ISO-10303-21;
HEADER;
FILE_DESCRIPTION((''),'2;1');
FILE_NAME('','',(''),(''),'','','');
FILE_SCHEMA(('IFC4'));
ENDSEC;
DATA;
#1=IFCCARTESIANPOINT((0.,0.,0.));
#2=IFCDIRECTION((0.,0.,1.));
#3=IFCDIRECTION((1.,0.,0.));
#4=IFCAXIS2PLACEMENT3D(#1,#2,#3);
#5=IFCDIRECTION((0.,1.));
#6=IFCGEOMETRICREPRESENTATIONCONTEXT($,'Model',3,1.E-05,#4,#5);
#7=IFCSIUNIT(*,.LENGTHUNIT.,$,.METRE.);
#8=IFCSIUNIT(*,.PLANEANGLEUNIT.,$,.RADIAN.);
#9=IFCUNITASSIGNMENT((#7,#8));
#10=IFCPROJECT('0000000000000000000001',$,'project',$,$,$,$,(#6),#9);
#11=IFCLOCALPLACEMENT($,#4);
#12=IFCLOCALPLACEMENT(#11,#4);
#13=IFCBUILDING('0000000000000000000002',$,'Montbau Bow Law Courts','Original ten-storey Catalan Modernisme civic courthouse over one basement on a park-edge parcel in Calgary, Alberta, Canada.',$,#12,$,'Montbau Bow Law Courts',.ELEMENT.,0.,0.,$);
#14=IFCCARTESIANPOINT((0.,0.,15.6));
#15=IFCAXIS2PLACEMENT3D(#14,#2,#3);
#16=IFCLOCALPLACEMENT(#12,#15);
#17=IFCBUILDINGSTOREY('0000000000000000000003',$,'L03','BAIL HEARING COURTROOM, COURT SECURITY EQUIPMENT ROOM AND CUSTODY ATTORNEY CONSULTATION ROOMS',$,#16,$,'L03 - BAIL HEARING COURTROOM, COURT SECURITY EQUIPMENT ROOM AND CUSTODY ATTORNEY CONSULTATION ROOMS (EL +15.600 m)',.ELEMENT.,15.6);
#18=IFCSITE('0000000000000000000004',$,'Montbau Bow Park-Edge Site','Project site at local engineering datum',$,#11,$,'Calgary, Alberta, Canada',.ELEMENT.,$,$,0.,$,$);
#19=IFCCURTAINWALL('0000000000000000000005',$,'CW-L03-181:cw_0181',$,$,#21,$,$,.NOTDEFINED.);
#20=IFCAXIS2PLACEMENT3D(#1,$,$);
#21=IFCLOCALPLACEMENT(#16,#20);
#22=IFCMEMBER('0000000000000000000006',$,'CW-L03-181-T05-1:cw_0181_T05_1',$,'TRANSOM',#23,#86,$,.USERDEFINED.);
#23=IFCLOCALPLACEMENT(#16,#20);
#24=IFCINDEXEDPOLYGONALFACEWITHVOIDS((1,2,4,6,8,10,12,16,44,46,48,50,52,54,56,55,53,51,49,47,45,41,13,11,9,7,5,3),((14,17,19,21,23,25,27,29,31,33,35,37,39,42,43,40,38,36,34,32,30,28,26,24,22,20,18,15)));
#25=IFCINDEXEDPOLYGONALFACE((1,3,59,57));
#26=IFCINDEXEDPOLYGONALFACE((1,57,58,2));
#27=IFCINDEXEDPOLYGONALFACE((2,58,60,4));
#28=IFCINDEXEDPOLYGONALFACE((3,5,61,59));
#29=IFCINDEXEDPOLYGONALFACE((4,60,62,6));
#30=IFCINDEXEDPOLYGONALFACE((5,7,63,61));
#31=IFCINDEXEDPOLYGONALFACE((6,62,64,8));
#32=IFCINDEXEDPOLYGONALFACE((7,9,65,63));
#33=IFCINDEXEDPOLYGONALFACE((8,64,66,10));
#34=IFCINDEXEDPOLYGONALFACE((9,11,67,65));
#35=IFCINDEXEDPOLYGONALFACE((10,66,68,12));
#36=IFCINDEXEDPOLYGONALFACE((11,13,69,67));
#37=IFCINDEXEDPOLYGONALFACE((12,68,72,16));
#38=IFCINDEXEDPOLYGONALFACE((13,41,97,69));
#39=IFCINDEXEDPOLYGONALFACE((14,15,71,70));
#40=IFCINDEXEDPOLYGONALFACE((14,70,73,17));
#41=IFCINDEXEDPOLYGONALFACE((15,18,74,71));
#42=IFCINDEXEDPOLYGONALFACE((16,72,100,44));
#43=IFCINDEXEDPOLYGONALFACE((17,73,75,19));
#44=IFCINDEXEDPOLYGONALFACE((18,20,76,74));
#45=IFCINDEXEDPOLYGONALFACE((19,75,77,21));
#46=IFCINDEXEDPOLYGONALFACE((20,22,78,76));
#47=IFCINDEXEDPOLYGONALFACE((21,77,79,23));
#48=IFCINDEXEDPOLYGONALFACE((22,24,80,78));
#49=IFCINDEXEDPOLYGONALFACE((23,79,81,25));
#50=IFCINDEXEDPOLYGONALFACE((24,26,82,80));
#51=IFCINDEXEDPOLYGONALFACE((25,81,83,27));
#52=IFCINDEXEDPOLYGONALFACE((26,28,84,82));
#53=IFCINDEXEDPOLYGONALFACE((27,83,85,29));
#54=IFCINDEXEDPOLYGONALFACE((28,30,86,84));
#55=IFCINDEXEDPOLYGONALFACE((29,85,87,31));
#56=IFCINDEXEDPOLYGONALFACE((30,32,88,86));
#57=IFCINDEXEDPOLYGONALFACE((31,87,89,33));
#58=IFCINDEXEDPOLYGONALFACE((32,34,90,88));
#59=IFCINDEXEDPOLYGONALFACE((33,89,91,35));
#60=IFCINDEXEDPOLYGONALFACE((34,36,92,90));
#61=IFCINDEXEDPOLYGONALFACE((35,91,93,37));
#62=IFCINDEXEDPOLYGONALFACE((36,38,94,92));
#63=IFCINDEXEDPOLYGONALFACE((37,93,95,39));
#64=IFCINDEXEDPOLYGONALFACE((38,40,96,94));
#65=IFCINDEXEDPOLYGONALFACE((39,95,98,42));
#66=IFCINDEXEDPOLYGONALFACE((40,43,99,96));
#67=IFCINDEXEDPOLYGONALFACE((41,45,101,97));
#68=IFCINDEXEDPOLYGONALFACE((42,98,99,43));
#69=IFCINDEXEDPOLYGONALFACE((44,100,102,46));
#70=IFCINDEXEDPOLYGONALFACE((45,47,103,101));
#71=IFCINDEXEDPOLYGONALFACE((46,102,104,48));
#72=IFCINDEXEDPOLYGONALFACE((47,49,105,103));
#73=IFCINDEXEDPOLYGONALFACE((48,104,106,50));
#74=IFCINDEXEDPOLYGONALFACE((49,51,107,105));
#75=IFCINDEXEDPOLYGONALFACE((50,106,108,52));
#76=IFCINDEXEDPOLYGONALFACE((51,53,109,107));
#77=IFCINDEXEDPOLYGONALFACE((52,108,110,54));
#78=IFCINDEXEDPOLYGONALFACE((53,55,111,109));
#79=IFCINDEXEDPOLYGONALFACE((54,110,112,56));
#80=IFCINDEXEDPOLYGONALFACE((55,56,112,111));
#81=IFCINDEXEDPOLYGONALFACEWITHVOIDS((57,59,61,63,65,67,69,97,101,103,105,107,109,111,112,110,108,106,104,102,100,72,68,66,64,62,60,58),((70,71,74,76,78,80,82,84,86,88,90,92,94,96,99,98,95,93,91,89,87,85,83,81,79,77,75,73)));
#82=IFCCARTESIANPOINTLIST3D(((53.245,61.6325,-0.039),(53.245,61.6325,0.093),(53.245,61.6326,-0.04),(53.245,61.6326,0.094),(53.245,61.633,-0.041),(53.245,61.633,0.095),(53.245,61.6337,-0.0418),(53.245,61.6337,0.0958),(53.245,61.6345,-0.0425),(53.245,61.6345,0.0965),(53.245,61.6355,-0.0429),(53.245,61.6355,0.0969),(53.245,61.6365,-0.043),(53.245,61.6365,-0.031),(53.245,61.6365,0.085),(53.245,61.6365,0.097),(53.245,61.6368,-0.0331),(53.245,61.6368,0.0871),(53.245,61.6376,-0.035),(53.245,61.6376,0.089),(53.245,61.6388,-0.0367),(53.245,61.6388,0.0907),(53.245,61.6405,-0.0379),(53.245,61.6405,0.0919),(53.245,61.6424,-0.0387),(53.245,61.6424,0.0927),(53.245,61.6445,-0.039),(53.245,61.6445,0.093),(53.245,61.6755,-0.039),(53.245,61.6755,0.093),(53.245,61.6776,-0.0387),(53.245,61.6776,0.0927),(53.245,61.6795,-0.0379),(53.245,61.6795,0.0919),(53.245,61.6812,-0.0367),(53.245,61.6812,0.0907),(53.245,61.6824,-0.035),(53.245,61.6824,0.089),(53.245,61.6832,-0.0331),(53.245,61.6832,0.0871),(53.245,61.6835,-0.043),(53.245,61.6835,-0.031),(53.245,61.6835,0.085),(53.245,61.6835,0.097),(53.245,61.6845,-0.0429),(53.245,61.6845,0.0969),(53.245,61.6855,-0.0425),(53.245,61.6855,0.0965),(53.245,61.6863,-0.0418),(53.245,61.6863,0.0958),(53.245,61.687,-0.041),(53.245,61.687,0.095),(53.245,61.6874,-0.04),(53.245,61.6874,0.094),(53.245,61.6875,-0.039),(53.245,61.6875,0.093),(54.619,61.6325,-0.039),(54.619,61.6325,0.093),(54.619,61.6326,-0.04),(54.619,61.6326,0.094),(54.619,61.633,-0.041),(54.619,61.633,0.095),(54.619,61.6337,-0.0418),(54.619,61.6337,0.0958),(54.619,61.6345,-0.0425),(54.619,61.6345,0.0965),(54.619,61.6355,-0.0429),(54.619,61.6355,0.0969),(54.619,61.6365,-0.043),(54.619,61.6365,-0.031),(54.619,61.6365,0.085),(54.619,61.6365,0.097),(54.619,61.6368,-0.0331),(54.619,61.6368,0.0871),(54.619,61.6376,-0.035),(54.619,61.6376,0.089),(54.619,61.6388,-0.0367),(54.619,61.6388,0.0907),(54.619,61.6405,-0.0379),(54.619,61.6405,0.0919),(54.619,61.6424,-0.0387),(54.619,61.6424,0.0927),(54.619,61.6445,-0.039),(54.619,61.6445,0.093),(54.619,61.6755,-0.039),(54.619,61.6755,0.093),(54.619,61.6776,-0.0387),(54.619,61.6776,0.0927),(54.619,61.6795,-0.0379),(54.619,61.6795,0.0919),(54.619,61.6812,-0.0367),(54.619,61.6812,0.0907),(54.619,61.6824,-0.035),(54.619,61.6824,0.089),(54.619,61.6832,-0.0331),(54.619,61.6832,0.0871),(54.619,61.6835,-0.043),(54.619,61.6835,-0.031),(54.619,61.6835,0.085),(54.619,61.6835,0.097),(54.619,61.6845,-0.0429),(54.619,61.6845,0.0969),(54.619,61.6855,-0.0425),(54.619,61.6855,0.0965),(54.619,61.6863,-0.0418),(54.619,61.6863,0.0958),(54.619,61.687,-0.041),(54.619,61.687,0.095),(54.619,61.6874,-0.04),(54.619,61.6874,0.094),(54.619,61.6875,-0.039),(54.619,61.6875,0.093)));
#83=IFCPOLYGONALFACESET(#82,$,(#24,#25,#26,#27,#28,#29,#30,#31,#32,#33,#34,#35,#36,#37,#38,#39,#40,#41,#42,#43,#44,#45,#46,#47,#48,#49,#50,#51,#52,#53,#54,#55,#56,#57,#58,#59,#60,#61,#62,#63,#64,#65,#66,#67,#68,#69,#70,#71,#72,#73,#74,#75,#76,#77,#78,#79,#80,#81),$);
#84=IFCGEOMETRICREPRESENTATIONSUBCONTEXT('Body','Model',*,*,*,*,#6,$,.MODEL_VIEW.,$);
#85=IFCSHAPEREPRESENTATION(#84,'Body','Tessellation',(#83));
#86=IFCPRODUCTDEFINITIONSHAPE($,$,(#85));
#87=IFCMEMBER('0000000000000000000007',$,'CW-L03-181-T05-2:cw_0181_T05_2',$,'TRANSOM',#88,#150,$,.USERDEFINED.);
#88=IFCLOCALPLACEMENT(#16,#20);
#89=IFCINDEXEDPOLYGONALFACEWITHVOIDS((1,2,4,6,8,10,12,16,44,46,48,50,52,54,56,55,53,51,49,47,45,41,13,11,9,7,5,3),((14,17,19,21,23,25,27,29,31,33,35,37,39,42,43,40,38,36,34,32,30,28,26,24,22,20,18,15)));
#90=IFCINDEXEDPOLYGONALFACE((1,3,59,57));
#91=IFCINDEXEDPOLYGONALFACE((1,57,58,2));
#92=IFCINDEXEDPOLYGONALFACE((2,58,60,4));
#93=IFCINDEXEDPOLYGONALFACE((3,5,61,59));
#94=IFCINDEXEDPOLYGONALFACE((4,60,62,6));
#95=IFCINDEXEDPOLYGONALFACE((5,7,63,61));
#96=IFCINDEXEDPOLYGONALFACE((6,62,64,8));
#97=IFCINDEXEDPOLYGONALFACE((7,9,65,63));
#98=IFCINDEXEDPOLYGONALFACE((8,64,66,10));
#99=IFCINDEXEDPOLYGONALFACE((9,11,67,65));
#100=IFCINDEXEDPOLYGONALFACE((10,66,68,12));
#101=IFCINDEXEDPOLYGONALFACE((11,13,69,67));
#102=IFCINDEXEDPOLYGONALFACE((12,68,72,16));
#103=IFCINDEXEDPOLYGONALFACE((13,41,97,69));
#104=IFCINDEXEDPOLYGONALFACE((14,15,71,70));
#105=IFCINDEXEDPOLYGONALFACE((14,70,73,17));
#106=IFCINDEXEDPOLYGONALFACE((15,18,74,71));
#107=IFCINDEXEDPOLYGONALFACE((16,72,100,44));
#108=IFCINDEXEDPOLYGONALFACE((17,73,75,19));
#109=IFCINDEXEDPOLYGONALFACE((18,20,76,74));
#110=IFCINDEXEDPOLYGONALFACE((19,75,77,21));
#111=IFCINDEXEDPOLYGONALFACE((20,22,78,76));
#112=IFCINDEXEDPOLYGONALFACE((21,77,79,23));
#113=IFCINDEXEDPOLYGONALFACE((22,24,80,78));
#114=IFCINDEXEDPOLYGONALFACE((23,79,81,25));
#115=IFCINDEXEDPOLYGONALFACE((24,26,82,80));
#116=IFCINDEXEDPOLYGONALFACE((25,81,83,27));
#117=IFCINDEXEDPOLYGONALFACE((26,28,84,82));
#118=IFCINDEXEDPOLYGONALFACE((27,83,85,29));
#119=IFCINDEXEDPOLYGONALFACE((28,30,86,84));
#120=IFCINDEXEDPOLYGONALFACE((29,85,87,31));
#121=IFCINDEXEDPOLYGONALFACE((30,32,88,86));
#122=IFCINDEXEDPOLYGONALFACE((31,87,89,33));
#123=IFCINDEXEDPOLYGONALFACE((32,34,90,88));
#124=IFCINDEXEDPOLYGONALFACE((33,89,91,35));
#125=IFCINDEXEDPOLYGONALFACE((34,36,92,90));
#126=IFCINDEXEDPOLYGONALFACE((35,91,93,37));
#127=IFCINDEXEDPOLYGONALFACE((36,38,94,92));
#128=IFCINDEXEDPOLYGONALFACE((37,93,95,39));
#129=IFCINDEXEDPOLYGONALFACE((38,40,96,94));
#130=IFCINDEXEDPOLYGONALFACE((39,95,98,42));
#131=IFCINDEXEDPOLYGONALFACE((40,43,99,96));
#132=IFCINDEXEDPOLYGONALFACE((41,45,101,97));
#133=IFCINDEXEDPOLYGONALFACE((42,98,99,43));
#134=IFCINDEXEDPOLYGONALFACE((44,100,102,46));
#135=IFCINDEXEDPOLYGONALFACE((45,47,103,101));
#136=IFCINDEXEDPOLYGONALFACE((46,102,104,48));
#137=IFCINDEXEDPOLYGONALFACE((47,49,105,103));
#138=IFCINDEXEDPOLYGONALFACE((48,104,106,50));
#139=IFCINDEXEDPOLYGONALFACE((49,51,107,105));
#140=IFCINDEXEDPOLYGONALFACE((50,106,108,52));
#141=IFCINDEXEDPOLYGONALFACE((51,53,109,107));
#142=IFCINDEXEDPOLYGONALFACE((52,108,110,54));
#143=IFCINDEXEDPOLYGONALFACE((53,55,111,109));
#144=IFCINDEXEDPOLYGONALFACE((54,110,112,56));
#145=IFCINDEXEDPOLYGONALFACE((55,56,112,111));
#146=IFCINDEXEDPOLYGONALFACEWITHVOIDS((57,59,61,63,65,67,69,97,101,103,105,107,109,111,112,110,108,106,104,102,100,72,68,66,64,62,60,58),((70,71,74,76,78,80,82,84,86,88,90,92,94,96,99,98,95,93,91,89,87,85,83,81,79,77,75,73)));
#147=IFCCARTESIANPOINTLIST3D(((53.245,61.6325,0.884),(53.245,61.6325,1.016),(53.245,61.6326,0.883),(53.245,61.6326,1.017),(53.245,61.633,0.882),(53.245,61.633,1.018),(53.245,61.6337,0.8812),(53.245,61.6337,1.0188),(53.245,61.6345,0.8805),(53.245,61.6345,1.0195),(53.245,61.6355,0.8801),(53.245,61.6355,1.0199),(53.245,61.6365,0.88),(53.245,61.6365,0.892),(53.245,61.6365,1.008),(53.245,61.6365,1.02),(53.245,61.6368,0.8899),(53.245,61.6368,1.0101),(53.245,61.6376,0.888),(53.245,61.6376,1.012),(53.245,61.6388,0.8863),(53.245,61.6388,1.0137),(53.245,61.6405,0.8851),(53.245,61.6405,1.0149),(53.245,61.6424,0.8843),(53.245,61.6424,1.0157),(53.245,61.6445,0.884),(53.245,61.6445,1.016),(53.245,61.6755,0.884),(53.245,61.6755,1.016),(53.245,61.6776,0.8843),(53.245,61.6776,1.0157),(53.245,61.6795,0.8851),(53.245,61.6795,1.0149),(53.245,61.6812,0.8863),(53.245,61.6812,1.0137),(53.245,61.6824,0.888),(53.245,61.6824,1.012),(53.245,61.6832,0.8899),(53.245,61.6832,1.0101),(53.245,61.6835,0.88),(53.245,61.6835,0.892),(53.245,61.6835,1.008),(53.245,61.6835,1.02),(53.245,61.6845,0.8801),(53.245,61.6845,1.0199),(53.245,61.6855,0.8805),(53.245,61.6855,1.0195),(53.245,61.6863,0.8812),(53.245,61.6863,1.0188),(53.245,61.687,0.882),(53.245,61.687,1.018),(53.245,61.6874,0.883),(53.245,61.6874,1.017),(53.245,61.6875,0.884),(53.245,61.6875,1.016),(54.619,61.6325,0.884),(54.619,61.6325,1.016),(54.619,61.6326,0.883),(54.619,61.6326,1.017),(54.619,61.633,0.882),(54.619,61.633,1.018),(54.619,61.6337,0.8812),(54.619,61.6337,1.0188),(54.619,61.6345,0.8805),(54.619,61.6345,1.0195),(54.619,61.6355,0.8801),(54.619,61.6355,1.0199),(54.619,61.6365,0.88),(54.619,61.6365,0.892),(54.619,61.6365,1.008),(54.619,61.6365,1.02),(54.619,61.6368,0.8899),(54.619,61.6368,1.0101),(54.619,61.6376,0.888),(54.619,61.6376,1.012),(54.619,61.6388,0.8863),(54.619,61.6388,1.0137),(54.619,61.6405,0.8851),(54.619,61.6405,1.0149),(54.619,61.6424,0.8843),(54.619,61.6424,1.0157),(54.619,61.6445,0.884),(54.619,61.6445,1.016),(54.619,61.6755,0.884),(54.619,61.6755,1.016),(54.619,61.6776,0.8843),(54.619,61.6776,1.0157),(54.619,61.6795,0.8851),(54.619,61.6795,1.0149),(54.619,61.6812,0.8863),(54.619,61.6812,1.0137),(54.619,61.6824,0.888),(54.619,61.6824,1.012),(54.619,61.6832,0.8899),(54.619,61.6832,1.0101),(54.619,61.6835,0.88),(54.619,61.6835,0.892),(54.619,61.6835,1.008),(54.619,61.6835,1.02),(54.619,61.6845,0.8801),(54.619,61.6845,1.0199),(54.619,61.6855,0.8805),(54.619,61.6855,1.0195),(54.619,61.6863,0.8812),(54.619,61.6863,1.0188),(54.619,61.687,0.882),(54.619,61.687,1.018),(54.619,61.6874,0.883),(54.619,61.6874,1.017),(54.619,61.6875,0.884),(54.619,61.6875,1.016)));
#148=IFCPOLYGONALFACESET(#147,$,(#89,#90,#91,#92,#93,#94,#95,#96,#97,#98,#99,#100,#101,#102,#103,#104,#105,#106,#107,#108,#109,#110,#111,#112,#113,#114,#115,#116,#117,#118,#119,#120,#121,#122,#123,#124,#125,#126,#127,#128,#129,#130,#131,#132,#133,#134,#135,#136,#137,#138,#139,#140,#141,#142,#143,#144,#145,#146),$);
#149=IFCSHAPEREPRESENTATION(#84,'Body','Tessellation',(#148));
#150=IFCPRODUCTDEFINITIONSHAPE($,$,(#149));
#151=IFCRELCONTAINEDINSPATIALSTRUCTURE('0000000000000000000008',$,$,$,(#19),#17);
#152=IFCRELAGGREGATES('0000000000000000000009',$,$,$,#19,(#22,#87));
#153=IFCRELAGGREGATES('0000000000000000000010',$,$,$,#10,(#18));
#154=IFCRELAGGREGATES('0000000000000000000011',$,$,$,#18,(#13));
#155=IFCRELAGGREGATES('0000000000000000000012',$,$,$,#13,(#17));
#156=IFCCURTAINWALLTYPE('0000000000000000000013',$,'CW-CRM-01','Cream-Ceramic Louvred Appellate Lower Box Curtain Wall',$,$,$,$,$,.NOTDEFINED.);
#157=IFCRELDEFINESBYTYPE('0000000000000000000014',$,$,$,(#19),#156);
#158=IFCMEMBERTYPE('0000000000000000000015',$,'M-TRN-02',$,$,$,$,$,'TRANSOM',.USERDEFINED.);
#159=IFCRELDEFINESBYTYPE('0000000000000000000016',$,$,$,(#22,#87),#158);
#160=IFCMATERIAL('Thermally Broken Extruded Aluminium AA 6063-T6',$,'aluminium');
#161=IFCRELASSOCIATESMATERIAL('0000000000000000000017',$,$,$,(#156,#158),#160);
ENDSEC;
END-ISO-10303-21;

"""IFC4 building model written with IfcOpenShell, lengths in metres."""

from ifc_helpers import new_model, si_unit, direction, frame, origin_with_axes, origin_2d_with_axis, place, context, subcontext, project, spatial, hollow_rectangle, extrude, material, material_profile, profile_set, type_object, element, aggregate, save


model = new_model("IFC4")

# Units and contexts
model_context = context("Model", 3, precision=1e-05, world=origin_with_axes(), true_north=direction((0.0, 1.0)))
body_context = subcontext(model_context, "Body", "Model", "MODEL_VIEW")
ifc_project = project(units=[si_unit("LENGTHUNIT", "METRE"), si_unit("PLANEANGLEUNIT", "RADIAN")], contexts=[model_context])

# Site, building, storey
site_placement = place(None, origin_with_axes())
site = spatial("IfcSite", under=ifc_project, at=site_placement, Name="Montbau Bow Park-Edge Site", Description="Project site at local engineering datum", LongName="Calgary, Alberta, Canada", CompositionType="ELEMENT", RefElevation=0.0)
building_placement = place(site_placement, origin_with_axes())
building = spatial("IfcBuilding", under=site, at=building_placement, Name="Montbau Bow Law Courts", Description="Original ten-storey Catalan Modernisme civic courthouse over one basement on a park-edge parcel in Calgary, Alberta, Canada.", LongName="Montbau Bow Law Courts", CompositionType="ELEMENT", ElevationOfRefHeight=0.0, ElevationOfTerrain=0.0)
storey_placement = place(building_placement, frame((0.0, 0.0, 15.6), z_axis=(0.0, 0.0, 1.0), x_axis=(1.0, 0.0, 0.0)))
storey = spatial("IfcBuildingStorey", under=building, at=storey_placement, Name="L03", Description="BAIL HEARING COURTROOM, COURT SECURITY EQUIPMENT ROOM AND CUSTODY ATTORNEY CONSULTATION ROOMS", LongName="L03 - BAIL HEARING COURTROOM, COURT SECURITY EQUIPMENT ROOM AND CUSTODY ATTORNEY CONSULTATION ROOMS (EL +15.600 m)", CompositionType="ELEMENT", Elevation=15.6)

# Curtain wall
ifc_material_1 = material(Name="Thermally Broken Extruded Aluminium AA 6063-T6", Category="aluminium")
curtain_wall_type = type_object("IfcCurtainWallType", Name="CW-CRM-01", Description="Cream-Ceramic Louvred Appellate Lower Box Curtain Wall", PredefinedType="NOTDEFINED", material=ifc_material_1)
curtain_wall_1_placement = place(None, frame((47.315, 61.66, 15.6), z_axis=(0.0, 0.0, 1.0), x_axis=(1.0, 0.0, 0.0)))
curtain_wall_1 = element("IfcCurtainWall", 1, at=curtain_wall_1_placement, inside=storey, type_object=curtain_wall_type, Name="CW-L03-181:cw_0181", PredefinedType="NOTDEFINED")

# Members
ifc_material_profile_1 = material_profile(ifc_material_1, hollow_rectangle(XDim=0.055, YDim=0.14, WallThickness=0.004, InnerFilletRadius=0.008, OuterFilletRadius=0.004, at=origin_2d_with_axis()), Name="CWT-140X55", Category="Main", Priority=0)
ifc_profile_set_1 = profile_set([ifc_material_profile_1], Name="Thermally Broken Extruded Aluminium AA 6063-T6")
member_type_1 = type_object("IfcMemberType", Name="M-TRN-02", ElementType="TRANSOM", PredefinedType="USERDEFINED", material=ifc_profile_set_1)
member_1_placement = place(None, frame((53.245, 61.66, 15.627), z_axis=(1.0, 0.0, 0.0), x_axis=(0.0, 1.0, 0.0)))
member_1 = element("IfcMember", 2, at=member_1_placement, type_object=member_type_1, Name="CW-L03-181-T05-1:cw_0181_T05_1", ObjectType="TRANSOM", PredefinedType="USERDEFINED", context=body_context, shape_type="SweptSolid", body=[
    extrude(hollow_rectangle(XDim=0.055, YDim=0.14, WallThickness=0.004, InnerFilletRadius=0.008, OuterFilletRadius=0.004, at=origin_2d_with_axis()), origin_with_axes(), (0.0, 0.0, 1.0), 1.374),
])
member_2_placement = place(None, frame((53.245, 61.66, 16.55), z_axis=(1.0, 0.0, 0.0), x_axis=(0.0, 1.0, 0.0)))
member_2 = element("IfcMember", 3, at=member_2_placement, type_object=member_type_1, Name="CW-L03-181-T05-2:cw_0181_T05_2", ObjectType="TRANSOM", PredefinedType="USERDEFINED", context=body_context, shape_type="SweptSolid", body=[
    extrude(hollow_rectangle(XDim=0.055, YDim=0.14, WallThickness=0.004, InnerFilletRadius=0.008, OuterFilletRadius=0.004, at=origin_2d_with_axis()), origin_with_axes(), (0.0, 0.0, 1.0), 1.374),
])

aggregate(curtain_wall_1, [member_1, member_2])

save(model, "model.ifc")
